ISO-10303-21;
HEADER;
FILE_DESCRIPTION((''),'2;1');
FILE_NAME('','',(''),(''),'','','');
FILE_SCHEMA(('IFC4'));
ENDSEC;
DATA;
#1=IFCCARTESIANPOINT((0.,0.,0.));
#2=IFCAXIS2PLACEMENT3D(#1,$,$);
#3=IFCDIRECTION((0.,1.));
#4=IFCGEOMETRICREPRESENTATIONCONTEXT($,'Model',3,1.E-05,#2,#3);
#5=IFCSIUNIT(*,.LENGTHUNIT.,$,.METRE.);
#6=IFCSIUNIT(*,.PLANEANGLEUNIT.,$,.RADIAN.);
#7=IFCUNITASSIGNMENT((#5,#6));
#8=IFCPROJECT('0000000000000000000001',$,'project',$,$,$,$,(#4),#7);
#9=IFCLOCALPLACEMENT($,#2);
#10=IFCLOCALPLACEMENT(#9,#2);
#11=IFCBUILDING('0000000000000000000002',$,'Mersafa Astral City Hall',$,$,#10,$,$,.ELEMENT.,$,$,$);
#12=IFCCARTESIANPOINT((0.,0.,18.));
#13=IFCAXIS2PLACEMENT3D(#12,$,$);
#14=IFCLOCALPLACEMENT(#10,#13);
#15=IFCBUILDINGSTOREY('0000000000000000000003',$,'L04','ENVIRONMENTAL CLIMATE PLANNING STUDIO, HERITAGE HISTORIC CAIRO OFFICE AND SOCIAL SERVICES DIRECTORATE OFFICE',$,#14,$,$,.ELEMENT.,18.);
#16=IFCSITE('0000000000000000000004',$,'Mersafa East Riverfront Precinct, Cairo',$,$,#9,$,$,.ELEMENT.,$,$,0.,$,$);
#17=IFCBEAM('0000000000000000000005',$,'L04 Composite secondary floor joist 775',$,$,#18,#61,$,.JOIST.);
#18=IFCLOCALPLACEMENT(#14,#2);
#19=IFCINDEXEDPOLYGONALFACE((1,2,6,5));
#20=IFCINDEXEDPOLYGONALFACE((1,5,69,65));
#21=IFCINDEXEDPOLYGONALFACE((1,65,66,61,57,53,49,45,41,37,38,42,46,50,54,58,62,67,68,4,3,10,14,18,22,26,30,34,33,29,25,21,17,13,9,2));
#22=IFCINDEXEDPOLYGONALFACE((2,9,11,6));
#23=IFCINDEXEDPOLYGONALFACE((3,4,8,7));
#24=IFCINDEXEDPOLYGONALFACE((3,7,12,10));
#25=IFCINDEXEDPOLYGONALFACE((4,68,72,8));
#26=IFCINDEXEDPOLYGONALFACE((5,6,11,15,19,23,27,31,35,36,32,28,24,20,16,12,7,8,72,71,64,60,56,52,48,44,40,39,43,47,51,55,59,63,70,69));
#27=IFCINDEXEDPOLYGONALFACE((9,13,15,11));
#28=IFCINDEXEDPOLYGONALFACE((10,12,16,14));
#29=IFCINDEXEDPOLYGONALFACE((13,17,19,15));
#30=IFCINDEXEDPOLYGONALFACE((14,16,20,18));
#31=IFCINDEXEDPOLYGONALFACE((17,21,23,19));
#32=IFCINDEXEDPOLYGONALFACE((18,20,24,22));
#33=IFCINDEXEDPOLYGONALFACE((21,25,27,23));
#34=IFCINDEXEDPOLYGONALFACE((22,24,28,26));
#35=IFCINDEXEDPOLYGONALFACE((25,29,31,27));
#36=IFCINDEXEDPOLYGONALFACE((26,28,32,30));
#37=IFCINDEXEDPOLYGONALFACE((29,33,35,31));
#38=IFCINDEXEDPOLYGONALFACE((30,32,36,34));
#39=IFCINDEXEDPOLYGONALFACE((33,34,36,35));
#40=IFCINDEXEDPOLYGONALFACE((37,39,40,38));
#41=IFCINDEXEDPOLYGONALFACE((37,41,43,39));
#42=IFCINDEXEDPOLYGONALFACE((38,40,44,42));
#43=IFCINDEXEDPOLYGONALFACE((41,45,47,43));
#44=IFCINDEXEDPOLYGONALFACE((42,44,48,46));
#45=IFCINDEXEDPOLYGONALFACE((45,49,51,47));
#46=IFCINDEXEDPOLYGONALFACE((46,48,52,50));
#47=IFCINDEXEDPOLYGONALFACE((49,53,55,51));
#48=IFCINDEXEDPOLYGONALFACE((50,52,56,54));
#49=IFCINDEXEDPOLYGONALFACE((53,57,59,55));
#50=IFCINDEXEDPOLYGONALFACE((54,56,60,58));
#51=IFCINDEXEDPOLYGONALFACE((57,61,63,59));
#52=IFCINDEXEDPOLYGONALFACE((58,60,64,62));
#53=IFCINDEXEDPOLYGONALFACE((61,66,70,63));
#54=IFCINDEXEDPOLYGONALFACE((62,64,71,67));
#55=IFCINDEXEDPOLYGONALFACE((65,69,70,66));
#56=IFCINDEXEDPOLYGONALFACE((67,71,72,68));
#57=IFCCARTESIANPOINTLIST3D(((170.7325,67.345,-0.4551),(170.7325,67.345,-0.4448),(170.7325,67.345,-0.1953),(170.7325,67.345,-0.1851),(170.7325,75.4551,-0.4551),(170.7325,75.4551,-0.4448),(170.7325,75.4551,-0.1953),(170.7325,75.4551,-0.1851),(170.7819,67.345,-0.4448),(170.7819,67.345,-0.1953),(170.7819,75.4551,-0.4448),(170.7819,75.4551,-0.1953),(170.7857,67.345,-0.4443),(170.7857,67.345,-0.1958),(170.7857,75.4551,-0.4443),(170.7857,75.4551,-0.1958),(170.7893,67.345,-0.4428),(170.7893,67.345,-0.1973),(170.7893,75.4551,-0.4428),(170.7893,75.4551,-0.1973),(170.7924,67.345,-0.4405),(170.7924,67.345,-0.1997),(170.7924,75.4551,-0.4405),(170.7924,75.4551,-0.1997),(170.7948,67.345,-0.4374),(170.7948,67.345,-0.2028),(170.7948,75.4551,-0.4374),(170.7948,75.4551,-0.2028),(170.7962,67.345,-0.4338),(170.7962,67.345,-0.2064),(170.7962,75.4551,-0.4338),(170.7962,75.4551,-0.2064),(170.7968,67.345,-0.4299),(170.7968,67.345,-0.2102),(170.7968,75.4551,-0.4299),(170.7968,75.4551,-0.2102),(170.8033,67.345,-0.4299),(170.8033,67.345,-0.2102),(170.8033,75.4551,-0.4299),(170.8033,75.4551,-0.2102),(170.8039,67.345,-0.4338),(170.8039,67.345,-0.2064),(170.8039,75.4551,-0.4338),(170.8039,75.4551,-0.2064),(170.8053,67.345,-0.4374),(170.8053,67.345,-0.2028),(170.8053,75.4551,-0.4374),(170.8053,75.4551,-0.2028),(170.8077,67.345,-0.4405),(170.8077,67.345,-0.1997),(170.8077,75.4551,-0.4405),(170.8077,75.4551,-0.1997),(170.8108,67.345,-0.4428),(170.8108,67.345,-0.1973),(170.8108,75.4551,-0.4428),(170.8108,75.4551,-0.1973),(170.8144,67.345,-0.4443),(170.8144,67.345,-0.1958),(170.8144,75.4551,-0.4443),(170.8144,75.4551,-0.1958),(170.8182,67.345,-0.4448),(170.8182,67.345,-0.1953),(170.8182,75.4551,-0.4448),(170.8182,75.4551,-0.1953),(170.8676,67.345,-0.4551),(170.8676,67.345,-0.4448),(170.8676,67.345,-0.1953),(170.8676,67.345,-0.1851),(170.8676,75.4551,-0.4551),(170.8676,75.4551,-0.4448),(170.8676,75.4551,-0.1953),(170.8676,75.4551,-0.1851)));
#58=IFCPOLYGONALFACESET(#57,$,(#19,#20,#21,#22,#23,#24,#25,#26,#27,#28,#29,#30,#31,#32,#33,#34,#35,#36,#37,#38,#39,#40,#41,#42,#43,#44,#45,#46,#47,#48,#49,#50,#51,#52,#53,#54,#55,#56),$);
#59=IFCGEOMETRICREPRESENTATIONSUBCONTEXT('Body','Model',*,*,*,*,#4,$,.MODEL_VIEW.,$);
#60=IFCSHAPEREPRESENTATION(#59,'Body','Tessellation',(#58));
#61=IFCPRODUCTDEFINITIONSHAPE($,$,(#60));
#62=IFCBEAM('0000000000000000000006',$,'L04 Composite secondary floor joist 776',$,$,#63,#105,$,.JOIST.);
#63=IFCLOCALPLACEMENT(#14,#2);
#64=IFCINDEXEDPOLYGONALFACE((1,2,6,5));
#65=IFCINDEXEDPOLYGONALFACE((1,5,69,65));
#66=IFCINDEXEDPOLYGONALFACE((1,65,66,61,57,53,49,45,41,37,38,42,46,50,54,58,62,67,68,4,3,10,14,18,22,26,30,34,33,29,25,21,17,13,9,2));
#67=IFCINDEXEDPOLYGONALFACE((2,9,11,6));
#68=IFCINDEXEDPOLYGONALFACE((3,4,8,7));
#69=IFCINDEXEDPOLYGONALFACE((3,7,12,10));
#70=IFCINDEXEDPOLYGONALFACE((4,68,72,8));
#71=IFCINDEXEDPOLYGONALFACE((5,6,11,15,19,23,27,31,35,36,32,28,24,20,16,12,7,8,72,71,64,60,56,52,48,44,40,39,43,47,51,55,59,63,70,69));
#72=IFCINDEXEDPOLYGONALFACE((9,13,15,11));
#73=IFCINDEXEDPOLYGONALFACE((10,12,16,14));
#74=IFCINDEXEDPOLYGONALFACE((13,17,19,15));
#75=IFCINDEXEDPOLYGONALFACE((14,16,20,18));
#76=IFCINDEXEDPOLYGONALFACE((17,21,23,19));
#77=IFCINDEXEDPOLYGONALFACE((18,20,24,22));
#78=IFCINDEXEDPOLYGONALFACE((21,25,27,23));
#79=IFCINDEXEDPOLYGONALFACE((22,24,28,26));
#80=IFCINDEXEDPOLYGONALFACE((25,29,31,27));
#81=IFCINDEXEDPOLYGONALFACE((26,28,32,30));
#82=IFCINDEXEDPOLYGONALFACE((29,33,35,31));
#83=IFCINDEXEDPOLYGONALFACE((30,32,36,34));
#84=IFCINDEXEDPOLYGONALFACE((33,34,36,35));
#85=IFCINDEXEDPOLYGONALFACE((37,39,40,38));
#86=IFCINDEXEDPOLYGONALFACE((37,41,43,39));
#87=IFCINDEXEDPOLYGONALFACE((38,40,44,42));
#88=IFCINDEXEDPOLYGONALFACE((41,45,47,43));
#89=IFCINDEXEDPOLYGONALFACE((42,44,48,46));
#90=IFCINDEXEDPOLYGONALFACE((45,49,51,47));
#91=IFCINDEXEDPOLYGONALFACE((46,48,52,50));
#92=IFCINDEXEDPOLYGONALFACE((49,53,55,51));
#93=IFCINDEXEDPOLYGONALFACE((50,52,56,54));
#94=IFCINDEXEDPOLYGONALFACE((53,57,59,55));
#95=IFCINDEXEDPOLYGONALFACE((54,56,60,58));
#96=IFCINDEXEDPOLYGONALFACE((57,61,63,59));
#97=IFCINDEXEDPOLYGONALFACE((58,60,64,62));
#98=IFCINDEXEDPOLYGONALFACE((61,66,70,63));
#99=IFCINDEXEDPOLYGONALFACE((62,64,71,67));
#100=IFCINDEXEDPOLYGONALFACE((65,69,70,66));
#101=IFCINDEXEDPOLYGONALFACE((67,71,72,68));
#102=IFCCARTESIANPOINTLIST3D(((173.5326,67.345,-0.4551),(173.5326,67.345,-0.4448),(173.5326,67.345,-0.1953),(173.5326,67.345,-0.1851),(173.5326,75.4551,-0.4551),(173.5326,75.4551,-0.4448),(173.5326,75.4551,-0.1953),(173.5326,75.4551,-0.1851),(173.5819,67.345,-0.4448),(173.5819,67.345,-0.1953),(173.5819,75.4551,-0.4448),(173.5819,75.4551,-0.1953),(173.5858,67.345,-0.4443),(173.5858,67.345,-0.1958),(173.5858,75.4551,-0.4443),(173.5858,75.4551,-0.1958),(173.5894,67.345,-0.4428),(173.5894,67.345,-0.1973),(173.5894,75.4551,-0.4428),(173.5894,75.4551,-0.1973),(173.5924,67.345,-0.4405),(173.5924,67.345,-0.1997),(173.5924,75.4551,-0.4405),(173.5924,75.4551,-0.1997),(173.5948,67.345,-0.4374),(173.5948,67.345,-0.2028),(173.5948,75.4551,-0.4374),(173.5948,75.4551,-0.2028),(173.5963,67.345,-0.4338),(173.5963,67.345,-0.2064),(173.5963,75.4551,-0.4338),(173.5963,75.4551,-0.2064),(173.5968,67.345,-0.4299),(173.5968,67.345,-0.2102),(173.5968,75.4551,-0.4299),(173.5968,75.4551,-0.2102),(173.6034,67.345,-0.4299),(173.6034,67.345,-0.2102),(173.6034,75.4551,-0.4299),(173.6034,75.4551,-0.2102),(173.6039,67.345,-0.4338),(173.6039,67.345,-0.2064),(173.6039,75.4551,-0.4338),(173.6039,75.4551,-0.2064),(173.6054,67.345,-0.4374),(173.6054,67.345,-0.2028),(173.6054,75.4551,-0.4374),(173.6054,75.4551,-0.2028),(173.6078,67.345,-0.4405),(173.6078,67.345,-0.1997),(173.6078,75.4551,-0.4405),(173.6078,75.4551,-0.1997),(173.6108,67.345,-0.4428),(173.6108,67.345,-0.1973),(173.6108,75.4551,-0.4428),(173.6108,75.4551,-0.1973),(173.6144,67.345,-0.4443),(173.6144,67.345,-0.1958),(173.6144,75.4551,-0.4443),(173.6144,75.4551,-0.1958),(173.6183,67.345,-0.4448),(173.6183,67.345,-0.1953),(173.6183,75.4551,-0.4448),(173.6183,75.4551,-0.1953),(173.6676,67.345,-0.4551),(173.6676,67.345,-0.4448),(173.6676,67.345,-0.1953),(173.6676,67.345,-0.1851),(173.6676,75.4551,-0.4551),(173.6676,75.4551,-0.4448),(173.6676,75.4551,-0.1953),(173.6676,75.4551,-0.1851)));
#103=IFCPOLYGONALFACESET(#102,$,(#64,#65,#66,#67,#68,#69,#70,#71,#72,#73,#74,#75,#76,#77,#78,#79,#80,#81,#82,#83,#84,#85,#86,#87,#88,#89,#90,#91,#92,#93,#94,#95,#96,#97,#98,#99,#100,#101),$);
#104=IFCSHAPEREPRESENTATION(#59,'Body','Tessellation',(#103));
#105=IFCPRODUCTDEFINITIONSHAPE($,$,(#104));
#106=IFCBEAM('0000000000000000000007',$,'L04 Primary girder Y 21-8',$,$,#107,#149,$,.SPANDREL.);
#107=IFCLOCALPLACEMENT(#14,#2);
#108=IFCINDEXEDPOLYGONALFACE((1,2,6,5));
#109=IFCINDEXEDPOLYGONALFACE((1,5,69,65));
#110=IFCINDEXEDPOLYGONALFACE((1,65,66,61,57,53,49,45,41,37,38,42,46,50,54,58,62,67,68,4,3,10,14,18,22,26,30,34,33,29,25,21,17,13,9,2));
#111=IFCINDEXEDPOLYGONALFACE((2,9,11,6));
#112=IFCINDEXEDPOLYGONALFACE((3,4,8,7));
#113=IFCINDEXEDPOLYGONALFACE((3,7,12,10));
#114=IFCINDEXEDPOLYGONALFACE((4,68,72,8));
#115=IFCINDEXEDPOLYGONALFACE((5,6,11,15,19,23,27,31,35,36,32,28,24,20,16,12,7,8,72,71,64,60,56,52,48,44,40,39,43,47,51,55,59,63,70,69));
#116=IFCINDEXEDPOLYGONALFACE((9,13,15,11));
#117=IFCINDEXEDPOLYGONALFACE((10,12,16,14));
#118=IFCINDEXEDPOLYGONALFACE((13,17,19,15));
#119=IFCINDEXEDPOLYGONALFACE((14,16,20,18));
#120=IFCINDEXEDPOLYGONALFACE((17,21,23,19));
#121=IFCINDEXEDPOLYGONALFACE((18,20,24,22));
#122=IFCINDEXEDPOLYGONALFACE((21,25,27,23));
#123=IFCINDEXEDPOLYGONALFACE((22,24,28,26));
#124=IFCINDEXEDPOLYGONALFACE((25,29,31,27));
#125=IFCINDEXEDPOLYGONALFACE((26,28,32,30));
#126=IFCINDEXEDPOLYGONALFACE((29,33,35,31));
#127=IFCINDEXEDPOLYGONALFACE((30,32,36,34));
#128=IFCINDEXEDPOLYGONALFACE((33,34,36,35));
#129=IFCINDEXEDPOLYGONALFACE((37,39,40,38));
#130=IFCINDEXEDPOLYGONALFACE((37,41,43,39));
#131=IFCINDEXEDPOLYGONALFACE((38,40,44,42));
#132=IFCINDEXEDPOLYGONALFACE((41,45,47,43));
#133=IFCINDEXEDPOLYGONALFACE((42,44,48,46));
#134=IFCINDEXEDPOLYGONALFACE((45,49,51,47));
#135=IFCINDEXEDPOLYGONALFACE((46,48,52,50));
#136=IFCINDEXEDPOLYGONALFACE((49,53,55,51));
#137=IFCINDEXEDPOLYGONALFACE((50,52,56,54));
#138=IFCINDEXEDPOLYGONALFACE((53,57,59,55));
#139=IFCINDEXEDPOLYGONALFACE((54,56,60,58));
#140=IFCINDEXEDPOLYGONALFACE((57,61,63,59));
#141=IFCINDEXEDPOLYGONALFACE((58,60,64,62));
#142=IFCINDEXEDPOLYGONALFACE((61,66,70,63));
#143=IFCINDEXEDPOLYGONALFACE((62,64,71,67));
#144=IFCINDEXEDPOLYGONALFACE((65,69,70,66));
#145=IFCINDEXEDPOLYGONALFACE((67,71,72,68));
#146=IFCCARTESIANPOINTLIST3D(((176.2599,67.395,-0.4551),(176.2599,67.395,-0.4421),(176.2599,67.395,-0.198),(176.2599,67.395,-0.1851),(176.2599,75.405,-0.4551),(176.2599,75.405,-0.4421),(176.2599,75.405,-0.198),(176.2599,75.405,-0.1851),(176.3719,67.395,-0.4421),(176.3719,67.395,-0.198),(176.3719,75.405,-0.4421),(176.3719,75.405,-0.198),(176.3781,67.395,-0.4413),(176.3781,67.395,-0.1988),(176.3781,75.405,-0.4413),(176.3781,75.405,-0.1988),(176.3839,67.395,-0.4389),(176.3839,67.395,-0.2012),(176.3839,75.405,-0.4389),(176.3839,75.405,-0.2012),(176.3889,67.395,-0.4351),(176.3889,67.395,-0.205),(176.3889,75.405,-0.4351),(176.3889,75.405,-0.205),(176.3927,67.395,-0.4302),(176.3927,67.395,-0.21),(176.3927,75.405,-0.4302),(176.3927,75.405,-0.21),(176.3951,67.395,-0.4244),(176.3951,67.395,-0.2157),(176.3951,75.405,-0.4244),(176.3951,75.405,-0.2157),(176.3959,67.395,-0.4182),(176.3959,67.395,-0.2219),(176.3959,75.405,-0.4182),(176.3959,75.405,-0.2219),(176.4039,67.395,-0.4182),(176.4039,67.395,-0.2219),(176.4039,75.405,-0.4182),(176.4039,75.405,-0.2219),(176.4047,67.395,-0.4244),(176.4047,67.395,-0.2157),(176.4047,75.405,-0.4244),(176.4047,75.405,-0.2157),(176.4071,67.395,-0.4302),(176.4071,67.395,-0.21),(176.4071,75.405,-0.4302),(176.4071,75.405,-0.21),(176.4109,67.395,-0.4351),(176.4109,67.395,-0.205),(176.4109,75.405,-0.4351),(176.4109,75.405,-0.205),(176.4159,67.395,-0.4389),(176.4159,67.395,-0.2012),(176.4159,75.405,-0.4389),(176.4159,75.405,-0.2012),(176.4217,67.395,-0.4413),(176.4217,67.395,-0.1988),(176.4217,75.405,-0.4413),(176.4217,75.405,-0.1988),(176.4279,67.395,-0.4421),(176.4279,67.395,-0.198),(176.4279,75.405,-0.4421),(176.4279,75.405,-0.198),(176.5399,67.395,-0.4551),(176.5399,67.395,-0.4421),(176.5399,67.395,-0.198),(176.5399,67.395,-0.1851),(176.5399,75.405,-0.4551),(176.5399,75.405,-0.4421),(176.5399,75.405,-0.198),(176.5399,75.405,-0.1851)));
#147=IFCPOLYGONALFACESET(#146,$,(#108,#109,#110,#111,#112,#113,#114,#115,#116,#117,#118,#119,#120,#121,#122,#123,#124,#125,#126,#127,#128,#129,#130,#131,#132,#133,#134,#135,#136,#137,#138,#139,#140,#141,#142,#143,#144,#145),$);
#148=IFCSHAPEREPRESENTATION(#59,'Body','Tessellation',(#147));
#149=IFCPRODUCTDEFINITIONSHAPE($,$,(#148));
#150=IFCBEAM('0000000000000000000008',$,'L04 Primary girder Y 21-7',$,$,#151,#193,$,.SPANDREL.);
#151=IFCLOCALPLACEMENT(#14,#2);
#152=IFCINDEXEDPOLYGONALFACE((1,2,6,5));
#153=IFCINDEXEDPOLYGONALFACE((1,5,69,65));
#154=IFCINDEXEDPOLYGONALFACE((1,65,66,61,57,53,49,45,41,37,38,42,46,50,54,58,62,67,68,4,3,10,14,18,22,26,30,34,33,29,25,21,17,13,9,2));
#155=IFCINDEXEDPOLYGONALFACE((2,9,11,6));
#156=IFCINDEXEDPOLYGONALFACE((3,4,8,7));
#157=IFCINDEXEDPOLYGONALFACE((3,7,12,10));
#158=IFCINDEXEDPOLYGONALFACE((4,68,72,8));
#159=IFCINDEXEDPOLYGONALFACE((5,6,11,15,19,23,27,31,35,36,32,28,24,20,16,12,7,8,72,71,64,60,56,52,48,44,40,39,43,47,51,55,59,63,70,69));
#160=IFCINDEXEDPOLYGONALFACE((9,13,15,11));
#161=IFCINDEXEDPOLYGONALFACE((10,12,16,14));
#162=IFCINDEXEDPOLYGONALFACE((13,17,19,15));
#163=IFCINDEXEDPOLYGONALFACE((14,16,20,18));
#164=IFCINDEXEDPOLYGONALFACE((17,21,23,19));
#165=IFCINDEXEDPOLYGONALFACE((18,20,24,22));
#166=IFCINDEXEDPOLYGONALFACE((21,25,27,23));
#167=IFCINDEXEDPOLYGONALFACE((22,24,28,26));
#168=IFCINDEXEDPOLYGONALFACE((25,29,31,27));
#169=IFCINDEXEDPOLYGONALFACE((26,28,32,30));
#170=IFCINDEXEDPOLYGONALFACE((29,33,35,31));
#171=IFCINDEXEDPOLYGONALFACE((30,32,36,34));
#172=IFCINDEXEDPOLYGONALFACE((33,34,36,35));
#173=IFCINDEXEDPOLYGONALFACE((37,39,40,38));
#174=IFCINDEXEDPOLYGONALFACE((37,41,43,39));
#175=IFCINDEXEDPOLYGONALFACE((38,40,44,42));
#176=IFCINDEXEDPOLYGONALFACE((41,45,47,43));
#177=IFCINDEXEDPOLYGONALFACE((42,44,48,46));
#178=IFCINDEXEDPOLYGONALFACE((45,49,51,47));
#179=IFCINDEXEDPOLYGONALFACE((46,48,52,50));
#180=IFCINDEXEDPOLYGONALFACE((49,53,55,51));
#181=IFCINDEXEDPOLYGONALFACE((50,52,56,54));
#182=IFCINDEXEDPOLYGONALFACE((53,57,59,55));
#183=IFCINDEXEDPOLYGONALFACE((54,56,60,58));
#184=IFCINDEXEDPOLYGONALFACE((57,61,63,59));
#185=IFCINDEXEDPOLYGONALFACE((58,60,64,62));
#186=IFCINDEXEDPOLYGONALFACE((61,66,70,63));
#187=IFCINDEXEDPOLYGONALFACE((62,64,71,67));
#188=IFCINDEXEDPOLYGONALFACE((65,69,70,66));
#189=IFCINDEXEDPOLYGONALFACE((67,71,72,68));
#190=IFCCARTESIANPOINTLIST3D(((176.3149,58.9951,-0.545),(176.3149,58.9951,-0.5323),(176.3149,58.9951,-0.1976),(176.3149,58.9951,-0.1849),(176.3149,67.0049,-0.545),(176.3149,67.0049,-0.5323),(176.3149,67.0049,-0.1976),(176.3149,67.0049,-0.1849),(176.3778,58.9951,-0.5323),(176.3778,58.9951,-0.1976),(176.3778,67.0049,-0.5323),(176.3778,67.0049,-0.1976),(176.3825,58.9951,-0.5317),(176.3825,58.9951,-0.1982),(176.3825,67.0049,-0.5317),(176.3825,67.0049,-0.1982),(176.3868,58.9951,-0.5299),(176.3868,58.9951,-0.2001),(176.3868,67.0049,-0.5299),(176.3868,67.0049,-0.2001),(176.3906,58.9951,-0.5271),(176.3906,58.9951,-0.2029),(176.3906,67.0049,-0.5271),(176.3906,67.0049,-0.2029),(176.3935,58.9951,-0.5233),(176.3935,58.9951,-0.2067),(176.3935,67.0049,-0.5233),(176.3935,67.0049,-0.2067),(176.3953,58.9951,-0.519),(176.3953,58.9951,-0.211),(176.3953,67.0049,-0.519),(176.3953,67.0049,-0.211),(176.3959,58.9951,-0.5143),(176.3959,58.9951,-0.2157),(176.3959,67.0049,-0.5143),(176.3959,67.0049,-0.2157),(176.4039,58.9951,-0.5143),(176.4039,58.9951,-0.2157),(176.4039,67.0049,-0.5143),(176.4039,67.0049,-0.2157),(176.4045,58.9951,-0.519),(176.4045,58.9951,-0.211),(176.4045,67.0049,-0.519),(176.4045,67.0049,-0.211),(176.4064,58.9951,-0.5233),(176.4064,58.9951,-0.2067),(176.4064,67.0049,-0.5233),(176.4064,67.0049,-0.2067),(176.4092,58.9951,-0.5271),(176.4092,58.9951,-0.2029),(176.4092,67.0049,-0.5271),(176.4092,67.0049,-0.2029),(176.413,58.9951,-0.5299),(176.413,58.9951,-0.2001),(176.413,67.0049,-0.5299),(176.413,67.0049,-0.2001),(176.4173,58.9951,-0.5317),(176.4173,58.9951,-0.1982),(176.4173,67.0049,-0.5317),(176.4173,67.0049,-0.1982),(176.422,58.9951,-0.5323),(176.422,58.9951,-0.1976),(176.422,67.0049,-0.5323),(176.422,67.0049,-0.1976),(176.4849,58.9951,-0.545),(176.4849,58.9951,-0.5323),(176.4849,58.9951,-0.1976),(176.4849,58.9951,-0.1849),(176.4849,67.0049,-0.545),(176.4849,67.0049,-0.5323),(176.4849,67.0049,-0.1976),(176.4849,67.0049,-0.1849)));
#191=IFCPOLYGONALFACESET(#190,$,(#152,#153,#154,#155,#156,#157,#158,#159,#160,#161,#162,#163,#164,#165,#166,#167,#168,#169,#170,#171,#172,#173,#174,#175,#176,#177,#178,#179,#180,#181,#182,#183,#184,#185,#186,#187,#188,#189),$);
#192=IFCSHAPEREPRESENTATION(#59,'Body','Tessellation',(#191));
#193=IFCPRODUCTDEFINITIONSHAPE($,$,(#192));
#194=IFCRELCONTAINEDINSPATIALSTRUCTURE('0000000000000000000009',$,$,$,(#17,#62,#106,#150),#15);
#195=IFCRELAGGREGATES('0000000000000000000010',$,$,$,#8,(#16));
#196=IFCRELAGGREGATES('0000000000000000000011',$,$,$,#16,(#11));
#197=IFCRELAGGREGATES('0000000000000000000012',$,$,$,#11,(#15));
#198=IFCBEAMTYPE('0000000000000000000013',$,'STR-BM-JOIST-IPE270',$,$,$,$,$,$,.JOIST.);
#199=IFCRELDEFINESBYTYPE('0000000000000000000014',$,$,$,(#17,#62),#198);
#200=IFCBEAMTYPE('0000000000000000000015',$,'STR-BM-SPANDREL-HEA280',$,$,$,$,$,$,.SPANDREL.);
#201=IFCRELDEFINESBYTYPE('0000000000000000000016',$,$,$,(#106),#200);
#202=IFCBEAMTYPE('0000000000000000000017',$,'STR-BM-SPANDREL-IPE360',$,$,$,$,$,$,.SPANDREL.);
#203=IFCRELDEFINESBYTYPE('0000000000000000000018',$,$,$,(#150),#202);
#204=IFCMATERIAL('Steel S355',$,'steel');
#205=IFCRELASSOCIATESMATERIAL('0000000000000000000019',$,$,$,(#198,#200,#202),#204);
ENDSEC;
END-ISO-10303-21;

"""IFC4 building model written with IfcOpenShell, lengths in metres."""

from ifc_helpers import new_model, si_unit, direction, frame, origin, origin_2d, place, context, subcontext, project, spatial, i_section, extrude, material, material_profile, profile_set, type_object, element, save


model = new_model("IFC4")

# Units and contexts
model_context = context("Model", 3, precision=1e-05, world=origin(), true_north=direction((0.0, 1.0)))
body_context = subcontext(model_context, "Body", "Model", "MODEL_VIEW")
ifc_project = project(units=[si_unit("LENGTHUNIT", "METRE"), si_unit("PLANEANGLEUNIT", "RADIAN")], contexts=[model_context])

# Site, building, storey
site_placement = place(None, origin())
site = spatial("IfcSite", under=ifc_project, at=site_placement, Name="Mersafa East Riverfront Precinct, Cairo", CompositionType="ELEMENT", RefElevation=0.0)
building_placement = place(site_placement, origin())
building = spatial("IfcBuilding", under=site, at=building_placement, Name="Mersafa Astral City Hall", CompositionType="ELEMENT")
storey_placement = place(building_placement, frame((0.0, 0.0, 18.0)))
storey = spatial("IfcBuildingStorey", under=building, at=storey_placement, Name="L04", Description="ENVIRONMENTAL CLIMATE PLANNING STUDIO, HERITAGE HISTORIC CAIRO OFFICE AND SOCIAL SERVICES DIRECTORATE OFFICE", CompositionType="ELEMENT", Elevation=18.0)

# Shared definitions
ifc_material_1 = material(Name="Steel S355", Category="steel")

# Beams
ifc_material_profile_1 = material_profile(ifc_material_1, i_section(OverallWidth=0.135, OverallDepth=0.27, WebThickness=0.0066, FlangeThickness=0.0103, FilletRadius=0.0149, at=origin_2d()), Name="IPE 270")
ifc_profile_set_1 = profile_set([ifc_material_profile_1], Name="Steel S355")
beam_type_1 = type_object("IfcBeamType", Name="STR-BM-JOIST-IPE270", PredefinedType="JOIST", material=ifc_profile_set_1)
for number, where, z_axis, x_axis, name in (
    (1, (170.8, 67.345, -0.3201), (0.0, 1.0, 0.0), (-1.0, 0.0, 0.0), "L04 Composite secondary floor joist 775"),
    (2, (173.6001, 67.345, -0.3201), (0.0, 1.0, 0.0), (-1.0, 0.0, 0.0), "L04 Composite secondary floor joist 776"),
):
    element("IfcBeam", number, at=place(storey_placement, frame(where, z_axis=z_axis, x_axis=x_axis)), inside=storey, type_object=beam_type_1, Name=name, PredefinedType="JOIST", context=body_context, shape_type="SweptSolid", body=[
        extrude(i_section(OverallWidth=0.135, OverallDepth=0.27, WebThickness=0.0066, FlangeThickness=0.0103, FilletRadius=0.0149, at=origin_2d()), origin(), (0.0, 0.0, 1.0), 8.1101),
    ])
ifc_material_profile_2 = material_profile(ifc_material_1, i_section(OverallWidth=0.28, OverallDepth=0.27, WebThickness=0.0081, FlangeThickness=0.0129, FilletRadius=0.0239, at=origin_2d()), Name="HEA 280")
ifc_profile_set_2 = profile_set([ifc_material_profile_2], Name="Steel S355")
beam_type_2 = type_object("IfcBeamType", Name="STR-BM-SPANDREL-HEA280", PredefinedType="SPANDREL", material=ifc_profile_set_2)
beam_1_placement = place(storey_placement, frame((176.3999, 67.395, -0.3201), z_axis=(0.0, 1.0, 0.0), x_axis=(-1.0, 0.0, 0.0)))
element("IfcBeam", 3, at=beam_1_placement, inside=storey, type_object=beam_type_2, Name="L04 Primary girder Y 21-8", PredefinedType="SPANDREL", context=body_context, shape_type="SweptSolid", body=[
    extrude(i_section(OverallWidth=0.28, OverallDepth=0.27, WebThickness=0.0081, FlangeThickness=0.0129, FilletRadius=0.0239, at=origin_2d()), origin(), (0.0, 0.0, 1.0), 8.01),
])
ifc_material_profile_3 = material_profile(ifc_material_1, i_section(OverallWidth=0.1699, OverallDepth=0.3601, WebThickness=0.0081, FlangeThickness=0.0127, FilletRadius=0.0181, at=origin_2d()), Name="IPE 360")
ifc_profile_set_3 = profile_set([ifc_material_profile_3], Name="Steel S355")
beam_type_3 = type_object("IfcBeamType", Name="STR-BM-SPANDREL-IPE360", PredefinedType="SPANDREL", material=ifc_profile_set_3)
beam_2_placement = place(storey_placement, frame((176.3999, 58.9951, -0.365), z_axis=(0.0, 1.0, 0.0), x_axis=(-1.0, 0.0, 0.0)))
element("IfcBeam", 4, at=beam_2_placement, inside=storey, type_object=beam_type_3, Name="L04 Primary girder Y 21-7", PredefinedType="SPANDREL", context=body_context, shape_type="SweptSolid", body=[
    extrude(i_section(OverallWidth=0.1699, OverallDepth=0.3601, WebThickness=0.0081, FlangeThickness=0.0127, FilletRadius=0.0181, at=origin_2d()), origin(), (0.0, 0.0, 1.0), 8.0098),
])

save(model, "model.ifc")
